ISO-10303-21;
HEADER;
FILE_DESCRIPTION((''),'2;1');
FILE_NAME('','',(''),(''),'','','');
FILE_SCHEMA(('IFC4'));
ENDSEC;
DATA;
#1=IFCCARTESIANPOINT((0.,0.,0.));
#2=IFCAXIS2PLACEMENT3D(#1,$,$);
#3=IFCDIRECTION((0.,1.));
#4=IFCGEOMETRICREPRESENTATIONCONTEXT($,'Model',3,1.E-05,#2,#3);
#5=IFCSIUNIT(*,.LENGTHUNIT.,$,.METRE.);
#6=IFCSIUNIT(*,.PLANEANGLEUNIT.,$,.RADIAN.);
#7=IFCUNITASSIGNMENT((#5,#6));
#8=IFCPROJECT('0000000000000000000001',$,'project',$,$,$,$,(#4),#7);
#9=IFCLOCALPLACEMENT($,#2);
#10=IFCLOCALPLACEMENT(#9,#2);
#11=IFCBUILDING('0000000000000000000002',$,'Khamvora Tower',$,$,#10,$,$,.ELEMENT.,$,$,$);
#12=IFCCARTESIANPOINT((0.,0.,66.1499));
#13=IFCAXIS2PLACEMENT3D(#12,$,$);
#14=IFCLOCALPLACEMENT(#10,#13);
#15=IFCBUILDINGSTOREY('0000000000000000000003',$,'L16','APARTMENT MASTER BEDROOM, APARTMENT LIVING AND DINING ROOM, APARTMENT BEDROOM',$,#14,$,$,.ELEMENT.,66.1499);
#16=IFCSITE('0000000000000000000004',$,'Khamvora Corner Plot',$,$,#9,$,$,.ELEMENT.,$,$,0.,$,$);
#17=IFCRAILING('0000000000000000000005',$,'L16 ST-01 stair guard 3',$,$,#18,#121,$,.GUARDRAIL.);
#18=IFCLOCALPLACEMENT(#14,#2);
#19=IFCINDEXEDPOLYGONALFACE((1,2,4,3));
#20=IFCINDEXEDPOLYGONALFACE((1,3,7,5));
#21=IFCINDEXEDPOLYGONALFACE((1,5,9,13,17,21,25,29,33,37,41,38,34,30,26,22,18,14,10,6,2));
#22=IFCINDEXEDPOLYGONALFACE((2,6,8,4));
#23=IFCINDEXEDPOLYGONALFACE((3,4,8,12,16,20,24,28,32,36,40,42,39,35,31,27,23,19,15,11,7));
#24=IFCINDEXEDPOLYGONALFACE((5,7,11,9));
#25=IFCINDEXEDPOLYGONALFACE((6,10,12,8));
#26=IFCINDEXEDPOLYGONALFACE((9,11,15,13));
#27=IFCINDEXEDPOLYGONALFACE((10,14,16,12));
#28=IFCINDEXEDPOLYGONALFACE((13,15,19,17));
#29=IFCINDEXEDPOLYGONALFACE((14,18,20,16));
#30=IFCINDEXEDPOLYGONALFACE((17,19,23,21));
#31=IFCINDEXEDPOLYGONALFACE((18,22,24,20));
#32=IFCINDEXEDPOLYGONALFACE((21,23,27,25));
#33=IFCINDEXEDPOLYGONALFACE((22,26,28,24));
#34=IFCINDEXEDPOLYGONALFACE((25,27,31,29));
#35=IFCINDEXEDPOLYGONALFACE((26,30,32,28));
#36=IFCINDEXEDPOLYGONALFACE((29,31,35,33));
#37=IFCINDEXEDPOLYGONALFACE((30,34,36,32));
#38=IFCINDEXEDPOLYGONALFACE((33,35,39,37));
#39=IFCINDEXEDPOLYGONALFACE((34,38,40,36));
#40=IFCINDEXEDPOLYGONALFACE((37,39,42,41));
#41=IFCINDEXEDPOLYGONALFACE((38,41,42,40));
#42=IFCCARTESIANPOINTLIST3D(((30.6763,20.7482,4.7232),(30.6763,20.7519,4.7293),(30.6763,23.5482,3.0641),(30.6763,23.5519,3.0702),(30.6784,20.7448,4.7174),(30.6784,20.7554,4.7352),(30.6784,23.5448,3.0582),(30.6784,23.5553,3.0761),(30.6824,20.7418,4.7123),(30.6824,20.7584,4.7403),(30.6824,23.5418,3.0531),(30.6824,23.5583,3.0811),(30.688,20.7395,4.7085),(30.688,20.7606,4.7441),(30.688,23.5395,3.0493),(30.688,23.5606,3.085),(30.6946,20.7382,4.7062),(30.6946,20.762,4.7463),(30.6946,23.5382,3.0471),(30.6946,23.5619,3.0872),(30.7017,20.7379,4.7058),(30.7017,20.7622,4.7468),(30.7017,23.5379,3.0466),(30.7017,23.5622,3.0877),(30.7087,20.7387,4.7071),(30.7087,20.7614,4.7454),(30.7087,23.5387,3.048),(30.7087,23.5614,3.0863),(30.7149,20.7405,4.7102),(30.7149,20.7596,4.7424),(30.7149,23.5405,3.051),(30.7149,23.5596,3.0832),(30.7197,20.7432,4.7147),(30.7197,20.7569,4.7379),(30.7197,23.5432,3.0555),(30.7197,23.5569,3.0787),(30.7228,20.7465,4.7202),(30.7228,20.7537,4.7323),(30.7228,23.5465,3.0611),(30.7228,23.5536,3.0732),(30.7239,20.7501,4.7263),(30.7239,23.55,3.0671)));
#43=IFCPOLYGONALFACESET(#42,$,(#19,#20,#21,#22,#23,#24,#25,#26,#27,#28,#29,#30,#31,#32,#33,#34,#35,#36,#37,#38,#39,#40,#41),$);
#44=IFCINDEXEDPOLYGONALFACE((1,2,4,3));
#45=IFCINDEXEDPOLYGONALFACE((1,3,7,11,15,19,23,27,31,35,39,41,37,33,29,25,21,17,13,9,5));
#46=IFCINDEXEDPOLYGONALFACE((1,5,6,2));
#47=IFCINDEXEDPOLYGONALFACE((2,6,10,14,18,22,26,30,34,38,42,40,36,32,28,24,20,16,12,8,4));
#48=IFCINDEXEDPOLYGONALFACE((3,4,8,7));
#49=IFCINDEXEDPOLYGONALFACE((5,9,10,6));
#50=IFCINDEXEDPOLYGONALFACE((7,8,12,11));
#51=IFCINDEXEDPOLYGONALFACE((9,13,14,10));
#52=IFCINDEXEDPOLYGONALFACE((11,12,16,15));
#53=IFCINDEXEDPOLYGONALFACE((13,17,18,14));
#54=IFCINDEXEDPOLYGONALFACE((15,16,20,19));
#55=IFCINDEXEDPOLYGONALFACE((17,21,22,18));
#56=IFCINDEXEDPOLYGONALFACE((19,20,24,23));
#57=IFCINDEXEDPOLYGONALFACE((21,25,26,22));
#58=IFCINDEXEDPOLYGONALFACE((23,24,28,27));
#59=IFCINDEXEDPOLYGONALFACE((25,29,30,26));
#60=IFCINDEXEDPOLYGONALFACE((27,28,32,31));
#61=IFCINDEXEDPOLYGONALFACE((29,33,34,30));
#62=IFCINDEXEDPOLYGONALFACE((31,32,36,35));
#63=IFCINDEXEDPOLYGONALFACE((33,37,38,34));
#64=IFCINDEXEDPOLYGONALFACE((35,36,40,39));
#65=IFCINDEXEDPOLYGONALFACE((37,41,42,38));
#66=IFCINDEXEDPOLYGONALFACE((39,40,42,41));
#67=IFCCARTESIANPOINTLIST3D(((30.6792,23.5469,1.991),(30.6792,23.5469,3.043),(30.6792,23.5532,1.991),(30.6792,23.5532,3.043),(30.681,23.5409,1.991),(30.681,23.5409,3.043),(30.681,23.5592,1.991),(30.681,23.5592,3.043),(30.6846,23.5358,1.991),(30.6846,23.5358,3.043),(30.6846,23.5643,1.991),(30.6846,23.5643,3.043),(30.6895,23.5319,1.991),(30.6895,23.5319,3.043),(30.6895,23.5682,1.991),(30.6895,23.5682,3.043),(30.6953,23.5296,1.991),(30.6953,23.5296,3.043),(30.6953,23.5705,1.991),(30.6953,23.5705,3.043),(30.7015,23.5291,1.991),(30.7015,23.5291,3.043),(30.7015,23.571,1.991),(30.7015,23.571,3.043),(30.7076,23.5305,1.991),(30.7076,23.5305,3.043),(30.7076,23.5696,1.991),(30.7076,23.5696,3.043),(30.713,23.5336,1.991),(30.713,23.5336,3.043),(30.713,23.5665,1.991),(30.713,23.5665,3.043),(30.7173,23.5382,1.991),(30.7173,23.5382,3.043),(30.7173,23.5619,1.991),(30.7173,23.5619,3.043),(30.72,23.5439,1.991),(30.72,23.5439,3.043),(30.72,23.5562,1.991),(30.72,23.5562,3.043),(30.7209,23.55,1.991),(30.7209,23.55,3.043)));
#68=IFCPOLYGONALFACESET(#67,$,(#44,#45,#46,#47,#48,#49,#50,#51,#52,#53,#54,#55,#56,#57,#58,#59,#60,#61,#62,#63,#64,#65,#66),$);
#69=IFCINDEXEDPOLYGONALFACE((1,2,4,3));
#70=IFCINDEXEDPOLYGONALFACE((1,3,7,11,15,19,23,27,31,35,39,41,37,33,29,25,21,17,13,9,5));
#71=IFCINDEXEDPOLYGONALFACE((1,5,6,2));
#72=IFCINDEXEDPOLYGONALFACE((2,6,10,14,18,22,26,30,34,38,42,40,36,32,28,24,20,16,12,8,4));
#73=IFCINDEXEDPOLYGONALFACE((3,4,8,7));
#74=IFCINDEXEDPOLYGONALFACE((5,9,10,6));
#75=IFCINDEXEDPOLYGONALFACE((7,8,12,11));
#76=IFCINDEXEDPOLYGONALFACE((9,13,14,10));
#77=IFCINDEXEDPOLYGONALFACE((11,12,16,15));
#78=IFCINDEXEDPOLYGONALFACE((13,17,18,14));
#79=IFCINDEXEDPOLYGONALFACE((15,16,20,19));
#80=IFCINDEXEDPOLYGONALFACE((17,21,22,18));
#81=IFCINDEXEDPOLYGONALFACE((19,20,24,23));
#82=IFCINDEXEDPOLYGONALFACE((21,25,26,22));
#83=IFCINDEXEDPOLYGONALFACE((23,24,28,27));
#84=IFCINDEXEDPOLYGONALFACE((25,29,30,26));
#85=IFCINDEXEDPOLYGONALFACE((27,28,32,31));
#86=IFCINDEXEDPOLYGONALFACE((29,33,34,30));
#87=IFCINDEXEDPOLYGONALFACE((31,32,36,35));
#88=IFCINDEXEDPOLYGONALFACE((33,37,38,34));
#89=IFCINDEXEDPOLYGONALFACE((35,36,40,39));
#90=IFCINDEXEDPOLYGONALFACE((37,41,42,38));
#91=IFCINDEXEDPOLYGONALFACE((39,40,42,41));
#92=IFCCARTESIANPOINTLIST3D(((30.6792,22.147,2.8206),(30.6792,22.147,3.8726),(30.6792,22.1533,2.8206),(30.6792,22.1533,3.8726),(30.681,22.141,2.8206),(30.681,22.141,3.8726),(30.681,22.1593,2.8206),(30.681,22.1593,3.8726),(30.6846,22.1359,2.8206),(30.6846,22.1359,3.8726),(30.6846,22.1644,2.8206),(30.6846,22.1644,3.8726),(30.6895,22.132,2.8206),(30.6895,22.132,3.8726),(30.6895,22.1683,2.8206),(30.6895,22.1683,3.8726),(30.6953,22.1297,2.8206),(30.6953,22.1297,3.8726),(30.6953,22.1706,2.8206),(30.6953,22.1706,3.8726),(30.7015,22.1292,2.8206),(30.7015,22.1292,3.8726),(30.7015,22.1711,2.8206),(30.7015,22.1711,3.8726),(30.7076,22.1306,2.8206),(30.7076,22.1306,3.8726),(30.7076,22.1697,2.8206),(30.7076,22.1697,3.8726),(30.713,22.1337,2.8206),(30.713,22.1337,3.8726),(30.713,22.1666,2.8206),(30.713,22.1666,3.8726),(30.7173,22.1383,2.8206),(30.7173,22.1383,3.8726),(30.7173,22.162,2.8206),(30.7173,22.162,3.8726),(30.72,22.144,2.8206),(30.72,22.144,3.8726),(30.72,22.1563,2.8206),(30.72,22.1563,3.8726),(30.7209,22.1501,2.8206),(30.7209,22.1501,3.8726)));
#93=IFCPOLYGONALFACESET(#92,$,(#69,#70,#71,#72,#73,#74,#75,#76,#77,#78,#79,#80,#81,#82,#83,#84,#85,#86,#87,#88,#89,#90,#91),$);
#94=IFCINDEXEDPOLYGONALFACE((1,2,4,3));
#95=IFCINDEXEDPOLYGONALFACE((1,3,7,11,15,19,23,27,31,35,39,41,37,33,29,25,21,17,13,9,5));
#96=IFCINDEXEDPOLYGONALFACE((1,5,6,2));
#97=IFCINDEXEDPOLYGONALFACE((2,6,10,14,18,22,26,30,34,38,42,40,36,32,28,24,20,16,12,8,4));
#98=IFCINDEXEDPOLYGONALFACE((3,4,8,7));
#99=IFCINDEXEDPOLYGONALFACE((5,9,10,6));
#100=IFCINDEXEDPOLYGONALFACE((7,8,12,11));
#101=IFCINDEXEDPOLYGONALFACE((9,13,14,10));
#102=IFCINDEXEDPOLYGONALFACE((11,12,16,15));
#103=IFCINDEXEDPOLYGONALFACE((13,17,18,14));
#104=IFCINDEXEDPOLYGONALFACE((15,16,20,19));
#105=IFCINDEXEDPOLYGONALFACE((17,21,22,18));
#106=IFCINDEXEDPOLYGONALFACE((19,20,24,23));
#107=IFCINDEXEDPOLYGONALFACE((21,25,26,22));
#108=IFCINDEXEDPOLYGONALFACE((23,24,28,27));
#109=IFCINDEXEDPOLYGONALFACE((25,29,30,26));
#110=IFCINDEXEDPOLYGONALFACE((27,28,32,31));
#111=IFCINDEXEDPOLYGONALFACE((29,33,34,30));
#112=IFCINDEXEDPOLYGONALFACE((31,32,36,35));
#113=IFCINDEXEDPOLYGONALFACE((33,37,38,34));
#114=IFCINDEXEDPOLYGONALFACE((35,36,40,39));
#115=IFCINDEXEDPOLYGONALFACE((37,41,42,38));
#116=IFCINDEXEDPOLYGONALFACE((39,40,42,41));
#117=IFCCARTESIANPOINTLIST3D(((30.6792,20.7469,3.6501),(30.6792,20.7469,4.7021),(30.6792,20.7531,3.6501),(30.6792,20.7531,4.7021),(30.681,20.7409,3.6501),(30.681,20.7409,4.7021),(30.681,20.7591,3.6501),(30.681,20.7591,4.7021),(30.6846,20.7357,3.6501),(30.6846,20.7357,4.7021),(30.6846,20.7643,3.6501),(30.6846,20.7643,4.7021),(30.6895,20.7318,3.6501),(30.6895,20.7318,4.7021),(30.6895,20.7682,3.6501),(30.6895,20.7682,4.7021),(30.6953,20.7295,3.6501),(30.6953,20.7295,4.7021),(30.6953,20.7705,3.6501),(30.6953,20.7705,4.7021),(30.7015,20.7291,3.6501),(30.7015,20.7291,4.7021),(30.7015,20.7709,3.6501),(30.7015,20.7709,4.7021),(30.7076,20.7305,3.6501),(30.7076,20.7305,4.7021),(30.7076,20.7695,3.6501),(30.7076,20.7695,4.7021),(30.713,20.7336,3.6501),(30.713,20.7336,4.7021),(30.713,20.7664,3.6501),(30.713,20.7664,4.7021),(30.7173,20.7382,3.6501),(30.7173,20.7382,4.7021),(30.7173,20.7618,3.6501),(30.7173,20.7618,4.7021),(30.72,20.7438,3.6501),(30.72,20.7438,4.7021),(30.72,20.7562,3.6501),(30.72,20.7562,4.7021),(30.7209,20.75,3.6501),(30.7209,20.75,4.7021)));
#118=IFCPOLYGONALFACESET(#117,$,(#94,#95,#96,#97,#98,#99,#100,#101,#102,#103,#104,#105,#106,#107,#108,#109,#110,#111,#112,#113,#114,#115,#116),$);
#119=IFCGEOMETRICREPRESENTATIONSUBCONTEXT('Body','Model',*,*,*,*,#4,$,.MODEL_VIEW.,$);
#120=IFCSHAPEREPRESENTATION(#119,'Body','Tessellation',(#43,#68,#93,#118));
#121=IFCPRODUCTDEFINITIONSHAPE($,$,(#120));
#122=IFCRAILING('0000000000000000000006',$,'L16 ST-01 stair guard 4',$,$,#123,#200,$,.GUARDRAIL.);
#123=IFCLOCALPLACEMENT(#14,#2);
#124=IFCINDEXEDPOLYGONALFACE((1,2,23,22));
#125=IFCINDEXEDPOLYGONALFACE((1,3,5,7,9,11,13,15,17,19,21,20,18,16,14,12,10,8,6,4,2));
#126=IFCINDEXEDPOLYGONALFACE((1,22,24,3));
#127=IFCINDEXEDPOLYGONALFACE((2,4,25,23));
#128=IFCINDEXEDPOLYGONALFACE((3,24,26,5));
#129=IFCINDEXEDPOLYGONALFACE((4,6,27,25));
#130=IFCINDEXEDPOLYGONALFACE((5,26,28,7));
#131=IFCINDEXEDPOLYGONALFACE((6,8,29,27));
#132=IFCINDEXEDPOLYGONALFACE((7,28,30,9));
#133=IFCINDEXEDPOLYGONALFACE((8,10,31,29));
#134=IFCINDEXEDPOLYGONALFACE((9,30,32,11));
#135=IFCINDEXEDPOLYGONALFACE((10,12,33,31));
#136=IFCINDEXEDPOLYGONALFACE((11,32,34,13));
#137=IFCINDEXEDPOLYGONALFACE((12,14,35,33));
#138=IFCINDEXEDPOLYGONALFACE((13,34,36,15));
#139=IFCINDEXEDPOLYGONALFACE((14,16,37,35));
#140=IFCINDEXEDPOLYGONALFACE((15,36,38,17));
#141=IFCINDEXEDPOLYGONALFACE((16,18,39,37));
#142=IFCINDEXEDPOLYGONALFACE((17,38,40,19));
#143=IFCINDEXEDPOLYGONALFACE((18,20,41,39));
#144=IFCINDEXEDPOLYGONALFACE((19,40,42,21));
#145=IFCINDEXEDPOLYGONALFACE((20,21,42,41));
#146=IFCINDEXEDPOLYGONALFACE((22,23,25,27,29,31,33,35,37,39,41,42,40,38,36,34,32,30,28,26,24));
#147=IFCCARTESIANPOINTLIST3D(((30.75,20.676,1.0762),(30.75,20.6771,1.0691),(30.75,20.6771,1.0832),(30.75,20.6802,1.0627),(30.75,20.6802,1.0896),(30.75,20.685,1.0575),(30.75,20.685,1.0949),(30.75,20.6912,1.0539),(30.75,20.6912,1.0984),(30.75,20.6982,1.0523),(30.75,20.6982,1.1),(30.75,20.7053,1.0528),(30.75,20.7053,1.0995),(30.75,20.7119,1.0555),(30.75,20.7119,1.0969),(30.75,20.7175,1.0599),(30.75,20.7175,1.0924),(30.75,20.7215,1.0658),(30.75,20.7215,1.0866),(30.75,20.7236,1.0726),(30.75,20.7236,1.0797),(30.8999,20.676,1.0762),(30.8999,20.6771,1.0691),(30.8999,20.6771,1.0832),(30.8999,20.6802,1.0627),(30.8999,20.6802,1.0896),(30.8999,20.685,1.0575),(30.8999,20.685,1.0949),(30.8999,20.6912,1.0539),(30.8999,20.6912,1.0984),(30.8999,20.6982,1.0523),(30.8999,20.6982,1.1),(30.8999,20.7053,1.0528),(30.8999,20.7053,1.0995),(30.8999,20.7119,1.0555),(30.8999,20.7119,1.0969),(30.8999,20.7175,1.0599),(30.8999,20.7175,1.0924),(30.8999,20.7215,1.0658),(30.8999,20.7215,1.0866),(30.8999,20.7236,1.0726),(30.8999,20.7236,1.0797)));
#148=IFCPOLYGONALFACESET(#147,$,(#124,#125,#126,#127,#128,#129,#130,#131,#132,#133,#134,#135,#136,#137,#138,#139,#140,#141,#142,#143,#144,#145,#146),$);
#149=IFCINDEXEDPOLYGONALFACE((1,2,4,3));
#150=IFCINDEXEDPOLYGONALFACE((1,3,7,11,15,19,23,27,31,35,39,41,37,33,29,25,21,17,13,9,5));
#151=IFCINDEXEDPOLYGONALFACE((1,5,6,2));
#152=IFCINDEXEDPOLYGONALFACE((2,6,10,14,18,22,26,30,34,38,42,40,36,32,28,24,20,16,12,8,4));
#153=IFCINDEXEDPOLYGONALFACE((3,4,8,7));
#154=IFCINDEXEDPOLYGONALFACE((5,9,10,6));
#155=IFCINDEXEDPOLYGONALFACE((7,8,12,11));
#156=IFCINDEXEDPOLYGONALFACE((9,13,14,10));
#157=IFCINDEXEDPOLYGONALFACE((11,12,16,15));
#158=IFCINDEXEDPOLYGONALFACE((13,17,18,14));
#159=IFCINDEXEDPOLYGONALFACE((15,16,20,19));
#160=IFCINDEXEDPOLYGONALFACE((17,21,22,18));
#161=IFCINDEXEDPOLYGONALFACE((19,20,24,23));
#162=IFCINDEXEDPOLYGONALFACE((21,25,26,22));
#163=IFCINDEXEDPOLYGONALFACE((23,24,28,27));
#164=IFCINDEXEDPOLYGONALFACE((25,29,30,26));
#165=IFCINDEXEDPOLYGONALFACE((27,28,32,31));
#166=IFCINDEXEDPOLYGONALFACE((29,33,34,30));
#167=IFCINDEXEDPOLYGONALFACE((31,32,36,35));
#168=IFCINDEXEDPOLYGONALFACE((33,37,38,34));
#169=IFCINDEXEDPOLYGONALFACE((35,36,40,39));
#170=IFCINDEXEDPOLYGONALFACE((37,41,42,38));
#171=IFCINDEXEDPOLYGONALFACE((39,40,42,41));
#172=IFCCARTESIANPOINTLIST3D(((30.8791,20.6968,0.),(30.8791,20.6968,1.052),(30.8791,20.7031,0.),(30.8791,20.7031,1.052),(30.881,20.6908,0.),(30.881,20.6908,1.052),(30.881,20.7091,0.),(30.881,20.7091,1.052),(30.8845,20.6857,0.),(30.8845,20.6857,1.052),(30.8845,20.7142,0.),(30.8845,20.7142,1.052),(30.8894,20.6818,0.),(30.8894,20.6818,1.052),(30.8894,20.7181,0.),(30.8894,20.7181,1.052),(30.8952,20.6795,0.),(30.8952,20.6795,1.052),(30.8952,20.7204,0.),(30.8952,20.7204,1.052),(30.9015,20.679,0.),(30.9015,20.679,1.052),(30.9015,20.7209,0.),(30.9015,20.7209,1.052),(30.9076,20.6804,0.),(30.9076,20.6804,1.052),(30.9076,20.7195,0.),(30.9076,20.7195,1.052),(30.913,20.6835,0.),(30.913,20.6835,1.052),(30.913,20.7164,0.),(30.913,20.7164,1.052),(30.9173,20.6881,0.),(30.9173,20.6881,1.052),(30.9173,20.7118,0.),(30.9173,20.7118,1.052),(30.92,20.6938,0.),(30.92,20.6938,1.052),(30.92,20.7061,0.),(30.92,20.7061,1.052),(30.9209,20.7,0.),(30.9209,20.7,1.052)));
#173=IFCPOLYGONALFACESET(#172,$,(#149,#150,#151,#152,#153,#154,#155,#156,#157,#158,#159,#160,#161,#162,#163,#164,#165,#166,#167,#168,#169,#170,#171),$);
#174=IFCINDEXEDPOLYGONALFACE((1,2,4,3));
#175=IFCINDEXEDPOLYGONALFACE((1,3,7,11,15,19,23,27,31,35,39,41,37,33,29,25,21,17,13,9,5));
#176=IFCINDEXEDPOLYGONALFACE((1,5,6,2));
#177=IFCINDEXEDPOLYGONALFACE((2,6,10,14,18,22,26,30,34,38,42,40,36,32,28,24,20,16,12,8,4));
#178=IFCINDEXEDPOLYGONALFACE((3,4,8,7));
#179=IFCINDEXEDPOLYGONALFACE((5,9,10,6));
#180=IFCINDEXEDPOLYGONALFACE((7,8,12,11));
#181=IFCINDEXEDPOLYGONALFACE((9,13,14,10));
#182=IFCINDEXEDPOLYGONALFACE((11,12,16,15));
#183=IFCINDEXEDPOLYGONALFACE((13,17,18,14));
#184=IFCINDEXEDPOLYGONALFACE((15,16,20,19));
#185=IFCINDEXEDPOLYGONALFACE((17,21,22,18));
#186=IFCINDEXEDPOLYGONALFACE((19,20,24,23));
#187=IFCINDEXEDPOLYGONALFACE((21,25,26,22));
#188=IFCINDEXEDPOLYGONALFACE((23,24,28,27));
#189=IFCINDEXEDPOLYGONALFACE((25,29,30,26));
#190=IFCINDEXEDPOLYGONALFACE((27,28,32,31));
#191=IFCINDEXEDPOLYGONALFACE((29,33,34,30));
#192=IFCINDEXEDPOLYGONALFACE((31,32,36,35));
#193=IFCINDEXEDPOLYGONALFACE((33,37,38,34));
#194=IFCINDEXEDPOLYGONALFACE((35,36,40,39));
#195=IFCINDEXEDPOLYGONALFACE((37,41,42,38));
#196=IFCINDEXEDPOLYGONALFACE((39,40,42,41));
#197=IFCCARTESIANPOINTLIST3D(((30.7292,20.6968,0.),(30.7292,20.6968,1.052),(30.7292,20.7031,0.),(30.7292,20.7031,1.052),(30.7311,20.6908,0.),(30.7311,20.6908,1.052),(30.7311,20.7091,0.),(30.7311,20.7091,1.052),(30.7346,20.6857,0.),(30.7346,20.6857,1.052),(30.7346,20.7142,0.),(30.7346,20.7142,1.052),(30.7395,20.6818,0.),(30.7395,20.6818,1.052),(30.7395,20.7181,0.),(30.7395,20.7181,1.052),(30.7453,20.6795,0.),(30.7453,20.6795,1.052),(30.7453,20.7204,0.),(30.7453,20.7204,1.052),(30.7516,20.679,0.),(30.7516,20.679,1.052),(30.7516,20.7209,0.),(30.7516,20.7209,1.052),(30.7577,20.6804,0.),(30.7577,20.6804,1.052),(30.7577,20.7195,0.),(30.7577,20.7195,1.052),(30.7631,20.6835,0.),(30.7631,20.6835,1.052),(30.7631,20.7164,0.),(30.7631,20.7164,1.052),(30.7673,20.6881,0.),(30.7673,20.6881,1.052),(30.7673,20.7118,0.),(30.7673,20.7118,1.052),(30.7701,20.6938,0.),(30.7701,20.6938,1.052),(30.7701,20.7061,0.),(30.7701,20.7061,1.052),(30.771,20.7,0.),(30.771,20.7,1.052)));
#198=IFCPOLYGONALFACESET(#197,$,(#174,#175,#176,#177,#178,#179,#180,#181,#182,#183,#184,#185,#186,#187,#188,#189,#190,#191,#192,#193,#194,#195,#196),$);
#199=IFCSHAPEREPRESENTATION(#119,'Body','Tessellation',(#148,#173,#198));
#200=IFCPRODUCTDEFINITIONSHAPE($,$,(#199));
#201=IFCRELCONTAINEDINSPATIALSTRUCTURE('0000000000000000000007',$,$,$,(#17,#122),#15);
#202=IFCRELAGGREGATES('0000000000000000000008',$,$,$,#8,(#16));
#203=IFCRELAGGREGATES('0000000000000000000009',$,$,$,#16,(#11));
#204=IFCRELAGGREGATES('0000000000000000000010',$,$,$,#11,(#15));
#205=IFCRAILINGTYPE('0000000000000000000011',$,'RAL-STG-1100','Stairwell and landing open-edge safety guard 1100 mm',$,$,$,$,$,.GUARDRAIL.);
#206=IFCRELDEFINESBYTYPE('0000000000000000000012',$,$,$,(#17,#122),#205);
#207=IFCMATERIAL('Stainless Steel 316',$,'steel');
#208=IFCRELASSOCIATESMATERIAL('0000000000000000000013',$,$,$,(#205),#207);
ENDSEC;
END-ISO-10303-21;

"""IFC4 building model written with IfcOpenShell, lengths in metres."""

from ifc_helpers import new_model, si_unit, direction, frame, origin, origin_2d, place, context, subcontext, project, spatial, circle, extrude, material, type_object, element, save


model = new_model("IFC4")

# Units and contexts
model_context = context("Model", 3, precision=1e-05, world=origin(), true_north=direction((0.0, 1.0)))
body_context = subcontext(model_context, "Body", "Model", "MODEL_VIEW")
ifc_project = project(units=[si_unit("LENGTHUNIT", "METRE"), si_unit("PLANEANGLEUNIT", "RADIAN")], contexts=[model_context])

# Site, building, storey
site_placement = place(None, origin())
site = spatial("IfcSite", under=ifc_project, at=site_placement, Name="Khamvora Corner Plot", CompositionType="ELEMENT", RefElevation=0.0)
building_placement = place(site_placement, origin())
building = spatial("IfcBuilding", under=site, at=building_placement, Name="Khamvora Tower", CompositionType="ELEMENT")
storey_placement = place(building_placement, frame((0.0, 0.0, 66.1499)))
storey = spatial("IfcBuildingStorey", under=building, at=storey_placement, Name="L16", Description="APARTMENT MASTER BEDROOM, APARTMENT LIVING AND DINING ROOM, APARTMENT BEDROOM", CompositionType="ELEMENT", Elevation=66.1499)

# Railings
ifc_material_1 = material(Name="Stainless Steel 316", Category="steel")
railing_type_1 = type_object("IfcRailingType", Name="RAL-STG-1100", Description="Stairwell and landing open-edge safety guard 1100 mm", PredefinedType="GUARDRAIL", material=ifc_material_1)
railing_1_placement = place(storey_placement, frame((30.7, 23.55, 1.991)))
element("IfcRailing", 1, at=railing_1_placement, inside=storey, type_object=railing_type_1, Name="L16 ST-01 stair guard 3", PredefinedType="GUARDRAIL", context=body_context, shape_type="SweptSolid", body=[
    extrude(circle(Radius=0.0239, at=origin_2d()), frame((0.0, 0.0, 1.0762), z_axis=(0.0, -0.860306, 0.509778), x_axis=(1.0, 0.0, 0.0)), (0.0, 0.0, 1.0), 3.2546),
    extrude(circle(Radius=0.021, at=origin_2d()), origin(), (0.0, 0.0, 1.0), 1.052),
    extrude(circle(Radius=0.021, at=origin_2d()), frame((0.0, -1.3999, 0.8296)), (0.0, 0.0, 1.0), 1.052),
    extrude(circle(Radius=0.021, at=origin_2d()), frame((0.0, -2.8, 1.6592)), (0.0, 0.0, 1.0), 1.052),
])
railing_2_placement = place(storey_placement, frame((30.8999, 20.7, 0.0)))
element("IfcRailing", 2, at=railing_2_placement, inside=storey, type_object=railing_type_1, Name="L16 ST-01 stair guard 4", PredefinedType="GUARDRAIL", context=body_context, shape_type="SweptSolid", body=[
    extrude(circle(Radius=0.0239, at=origin_2d()), frame((0.0, 0.0, 1.0762), z_axis=(-1.0, 0.0, 0.0), x_axis=(0.0, -1.0, 0.0)), (0.0, 0.0, 1.0), 0.1499),
    extrude(circle(Radius=0.021, at=origin_2d()), origin(), (0.0, 0.0, 1.0), 1.052),
    extrude(circle(Radius=0.021, at=origin_2d()), frame((-0.1499, 0.0, 0.0)), (0.0, 0.0, 1.0), 1.052),
])

save(model, "model.ifc")
